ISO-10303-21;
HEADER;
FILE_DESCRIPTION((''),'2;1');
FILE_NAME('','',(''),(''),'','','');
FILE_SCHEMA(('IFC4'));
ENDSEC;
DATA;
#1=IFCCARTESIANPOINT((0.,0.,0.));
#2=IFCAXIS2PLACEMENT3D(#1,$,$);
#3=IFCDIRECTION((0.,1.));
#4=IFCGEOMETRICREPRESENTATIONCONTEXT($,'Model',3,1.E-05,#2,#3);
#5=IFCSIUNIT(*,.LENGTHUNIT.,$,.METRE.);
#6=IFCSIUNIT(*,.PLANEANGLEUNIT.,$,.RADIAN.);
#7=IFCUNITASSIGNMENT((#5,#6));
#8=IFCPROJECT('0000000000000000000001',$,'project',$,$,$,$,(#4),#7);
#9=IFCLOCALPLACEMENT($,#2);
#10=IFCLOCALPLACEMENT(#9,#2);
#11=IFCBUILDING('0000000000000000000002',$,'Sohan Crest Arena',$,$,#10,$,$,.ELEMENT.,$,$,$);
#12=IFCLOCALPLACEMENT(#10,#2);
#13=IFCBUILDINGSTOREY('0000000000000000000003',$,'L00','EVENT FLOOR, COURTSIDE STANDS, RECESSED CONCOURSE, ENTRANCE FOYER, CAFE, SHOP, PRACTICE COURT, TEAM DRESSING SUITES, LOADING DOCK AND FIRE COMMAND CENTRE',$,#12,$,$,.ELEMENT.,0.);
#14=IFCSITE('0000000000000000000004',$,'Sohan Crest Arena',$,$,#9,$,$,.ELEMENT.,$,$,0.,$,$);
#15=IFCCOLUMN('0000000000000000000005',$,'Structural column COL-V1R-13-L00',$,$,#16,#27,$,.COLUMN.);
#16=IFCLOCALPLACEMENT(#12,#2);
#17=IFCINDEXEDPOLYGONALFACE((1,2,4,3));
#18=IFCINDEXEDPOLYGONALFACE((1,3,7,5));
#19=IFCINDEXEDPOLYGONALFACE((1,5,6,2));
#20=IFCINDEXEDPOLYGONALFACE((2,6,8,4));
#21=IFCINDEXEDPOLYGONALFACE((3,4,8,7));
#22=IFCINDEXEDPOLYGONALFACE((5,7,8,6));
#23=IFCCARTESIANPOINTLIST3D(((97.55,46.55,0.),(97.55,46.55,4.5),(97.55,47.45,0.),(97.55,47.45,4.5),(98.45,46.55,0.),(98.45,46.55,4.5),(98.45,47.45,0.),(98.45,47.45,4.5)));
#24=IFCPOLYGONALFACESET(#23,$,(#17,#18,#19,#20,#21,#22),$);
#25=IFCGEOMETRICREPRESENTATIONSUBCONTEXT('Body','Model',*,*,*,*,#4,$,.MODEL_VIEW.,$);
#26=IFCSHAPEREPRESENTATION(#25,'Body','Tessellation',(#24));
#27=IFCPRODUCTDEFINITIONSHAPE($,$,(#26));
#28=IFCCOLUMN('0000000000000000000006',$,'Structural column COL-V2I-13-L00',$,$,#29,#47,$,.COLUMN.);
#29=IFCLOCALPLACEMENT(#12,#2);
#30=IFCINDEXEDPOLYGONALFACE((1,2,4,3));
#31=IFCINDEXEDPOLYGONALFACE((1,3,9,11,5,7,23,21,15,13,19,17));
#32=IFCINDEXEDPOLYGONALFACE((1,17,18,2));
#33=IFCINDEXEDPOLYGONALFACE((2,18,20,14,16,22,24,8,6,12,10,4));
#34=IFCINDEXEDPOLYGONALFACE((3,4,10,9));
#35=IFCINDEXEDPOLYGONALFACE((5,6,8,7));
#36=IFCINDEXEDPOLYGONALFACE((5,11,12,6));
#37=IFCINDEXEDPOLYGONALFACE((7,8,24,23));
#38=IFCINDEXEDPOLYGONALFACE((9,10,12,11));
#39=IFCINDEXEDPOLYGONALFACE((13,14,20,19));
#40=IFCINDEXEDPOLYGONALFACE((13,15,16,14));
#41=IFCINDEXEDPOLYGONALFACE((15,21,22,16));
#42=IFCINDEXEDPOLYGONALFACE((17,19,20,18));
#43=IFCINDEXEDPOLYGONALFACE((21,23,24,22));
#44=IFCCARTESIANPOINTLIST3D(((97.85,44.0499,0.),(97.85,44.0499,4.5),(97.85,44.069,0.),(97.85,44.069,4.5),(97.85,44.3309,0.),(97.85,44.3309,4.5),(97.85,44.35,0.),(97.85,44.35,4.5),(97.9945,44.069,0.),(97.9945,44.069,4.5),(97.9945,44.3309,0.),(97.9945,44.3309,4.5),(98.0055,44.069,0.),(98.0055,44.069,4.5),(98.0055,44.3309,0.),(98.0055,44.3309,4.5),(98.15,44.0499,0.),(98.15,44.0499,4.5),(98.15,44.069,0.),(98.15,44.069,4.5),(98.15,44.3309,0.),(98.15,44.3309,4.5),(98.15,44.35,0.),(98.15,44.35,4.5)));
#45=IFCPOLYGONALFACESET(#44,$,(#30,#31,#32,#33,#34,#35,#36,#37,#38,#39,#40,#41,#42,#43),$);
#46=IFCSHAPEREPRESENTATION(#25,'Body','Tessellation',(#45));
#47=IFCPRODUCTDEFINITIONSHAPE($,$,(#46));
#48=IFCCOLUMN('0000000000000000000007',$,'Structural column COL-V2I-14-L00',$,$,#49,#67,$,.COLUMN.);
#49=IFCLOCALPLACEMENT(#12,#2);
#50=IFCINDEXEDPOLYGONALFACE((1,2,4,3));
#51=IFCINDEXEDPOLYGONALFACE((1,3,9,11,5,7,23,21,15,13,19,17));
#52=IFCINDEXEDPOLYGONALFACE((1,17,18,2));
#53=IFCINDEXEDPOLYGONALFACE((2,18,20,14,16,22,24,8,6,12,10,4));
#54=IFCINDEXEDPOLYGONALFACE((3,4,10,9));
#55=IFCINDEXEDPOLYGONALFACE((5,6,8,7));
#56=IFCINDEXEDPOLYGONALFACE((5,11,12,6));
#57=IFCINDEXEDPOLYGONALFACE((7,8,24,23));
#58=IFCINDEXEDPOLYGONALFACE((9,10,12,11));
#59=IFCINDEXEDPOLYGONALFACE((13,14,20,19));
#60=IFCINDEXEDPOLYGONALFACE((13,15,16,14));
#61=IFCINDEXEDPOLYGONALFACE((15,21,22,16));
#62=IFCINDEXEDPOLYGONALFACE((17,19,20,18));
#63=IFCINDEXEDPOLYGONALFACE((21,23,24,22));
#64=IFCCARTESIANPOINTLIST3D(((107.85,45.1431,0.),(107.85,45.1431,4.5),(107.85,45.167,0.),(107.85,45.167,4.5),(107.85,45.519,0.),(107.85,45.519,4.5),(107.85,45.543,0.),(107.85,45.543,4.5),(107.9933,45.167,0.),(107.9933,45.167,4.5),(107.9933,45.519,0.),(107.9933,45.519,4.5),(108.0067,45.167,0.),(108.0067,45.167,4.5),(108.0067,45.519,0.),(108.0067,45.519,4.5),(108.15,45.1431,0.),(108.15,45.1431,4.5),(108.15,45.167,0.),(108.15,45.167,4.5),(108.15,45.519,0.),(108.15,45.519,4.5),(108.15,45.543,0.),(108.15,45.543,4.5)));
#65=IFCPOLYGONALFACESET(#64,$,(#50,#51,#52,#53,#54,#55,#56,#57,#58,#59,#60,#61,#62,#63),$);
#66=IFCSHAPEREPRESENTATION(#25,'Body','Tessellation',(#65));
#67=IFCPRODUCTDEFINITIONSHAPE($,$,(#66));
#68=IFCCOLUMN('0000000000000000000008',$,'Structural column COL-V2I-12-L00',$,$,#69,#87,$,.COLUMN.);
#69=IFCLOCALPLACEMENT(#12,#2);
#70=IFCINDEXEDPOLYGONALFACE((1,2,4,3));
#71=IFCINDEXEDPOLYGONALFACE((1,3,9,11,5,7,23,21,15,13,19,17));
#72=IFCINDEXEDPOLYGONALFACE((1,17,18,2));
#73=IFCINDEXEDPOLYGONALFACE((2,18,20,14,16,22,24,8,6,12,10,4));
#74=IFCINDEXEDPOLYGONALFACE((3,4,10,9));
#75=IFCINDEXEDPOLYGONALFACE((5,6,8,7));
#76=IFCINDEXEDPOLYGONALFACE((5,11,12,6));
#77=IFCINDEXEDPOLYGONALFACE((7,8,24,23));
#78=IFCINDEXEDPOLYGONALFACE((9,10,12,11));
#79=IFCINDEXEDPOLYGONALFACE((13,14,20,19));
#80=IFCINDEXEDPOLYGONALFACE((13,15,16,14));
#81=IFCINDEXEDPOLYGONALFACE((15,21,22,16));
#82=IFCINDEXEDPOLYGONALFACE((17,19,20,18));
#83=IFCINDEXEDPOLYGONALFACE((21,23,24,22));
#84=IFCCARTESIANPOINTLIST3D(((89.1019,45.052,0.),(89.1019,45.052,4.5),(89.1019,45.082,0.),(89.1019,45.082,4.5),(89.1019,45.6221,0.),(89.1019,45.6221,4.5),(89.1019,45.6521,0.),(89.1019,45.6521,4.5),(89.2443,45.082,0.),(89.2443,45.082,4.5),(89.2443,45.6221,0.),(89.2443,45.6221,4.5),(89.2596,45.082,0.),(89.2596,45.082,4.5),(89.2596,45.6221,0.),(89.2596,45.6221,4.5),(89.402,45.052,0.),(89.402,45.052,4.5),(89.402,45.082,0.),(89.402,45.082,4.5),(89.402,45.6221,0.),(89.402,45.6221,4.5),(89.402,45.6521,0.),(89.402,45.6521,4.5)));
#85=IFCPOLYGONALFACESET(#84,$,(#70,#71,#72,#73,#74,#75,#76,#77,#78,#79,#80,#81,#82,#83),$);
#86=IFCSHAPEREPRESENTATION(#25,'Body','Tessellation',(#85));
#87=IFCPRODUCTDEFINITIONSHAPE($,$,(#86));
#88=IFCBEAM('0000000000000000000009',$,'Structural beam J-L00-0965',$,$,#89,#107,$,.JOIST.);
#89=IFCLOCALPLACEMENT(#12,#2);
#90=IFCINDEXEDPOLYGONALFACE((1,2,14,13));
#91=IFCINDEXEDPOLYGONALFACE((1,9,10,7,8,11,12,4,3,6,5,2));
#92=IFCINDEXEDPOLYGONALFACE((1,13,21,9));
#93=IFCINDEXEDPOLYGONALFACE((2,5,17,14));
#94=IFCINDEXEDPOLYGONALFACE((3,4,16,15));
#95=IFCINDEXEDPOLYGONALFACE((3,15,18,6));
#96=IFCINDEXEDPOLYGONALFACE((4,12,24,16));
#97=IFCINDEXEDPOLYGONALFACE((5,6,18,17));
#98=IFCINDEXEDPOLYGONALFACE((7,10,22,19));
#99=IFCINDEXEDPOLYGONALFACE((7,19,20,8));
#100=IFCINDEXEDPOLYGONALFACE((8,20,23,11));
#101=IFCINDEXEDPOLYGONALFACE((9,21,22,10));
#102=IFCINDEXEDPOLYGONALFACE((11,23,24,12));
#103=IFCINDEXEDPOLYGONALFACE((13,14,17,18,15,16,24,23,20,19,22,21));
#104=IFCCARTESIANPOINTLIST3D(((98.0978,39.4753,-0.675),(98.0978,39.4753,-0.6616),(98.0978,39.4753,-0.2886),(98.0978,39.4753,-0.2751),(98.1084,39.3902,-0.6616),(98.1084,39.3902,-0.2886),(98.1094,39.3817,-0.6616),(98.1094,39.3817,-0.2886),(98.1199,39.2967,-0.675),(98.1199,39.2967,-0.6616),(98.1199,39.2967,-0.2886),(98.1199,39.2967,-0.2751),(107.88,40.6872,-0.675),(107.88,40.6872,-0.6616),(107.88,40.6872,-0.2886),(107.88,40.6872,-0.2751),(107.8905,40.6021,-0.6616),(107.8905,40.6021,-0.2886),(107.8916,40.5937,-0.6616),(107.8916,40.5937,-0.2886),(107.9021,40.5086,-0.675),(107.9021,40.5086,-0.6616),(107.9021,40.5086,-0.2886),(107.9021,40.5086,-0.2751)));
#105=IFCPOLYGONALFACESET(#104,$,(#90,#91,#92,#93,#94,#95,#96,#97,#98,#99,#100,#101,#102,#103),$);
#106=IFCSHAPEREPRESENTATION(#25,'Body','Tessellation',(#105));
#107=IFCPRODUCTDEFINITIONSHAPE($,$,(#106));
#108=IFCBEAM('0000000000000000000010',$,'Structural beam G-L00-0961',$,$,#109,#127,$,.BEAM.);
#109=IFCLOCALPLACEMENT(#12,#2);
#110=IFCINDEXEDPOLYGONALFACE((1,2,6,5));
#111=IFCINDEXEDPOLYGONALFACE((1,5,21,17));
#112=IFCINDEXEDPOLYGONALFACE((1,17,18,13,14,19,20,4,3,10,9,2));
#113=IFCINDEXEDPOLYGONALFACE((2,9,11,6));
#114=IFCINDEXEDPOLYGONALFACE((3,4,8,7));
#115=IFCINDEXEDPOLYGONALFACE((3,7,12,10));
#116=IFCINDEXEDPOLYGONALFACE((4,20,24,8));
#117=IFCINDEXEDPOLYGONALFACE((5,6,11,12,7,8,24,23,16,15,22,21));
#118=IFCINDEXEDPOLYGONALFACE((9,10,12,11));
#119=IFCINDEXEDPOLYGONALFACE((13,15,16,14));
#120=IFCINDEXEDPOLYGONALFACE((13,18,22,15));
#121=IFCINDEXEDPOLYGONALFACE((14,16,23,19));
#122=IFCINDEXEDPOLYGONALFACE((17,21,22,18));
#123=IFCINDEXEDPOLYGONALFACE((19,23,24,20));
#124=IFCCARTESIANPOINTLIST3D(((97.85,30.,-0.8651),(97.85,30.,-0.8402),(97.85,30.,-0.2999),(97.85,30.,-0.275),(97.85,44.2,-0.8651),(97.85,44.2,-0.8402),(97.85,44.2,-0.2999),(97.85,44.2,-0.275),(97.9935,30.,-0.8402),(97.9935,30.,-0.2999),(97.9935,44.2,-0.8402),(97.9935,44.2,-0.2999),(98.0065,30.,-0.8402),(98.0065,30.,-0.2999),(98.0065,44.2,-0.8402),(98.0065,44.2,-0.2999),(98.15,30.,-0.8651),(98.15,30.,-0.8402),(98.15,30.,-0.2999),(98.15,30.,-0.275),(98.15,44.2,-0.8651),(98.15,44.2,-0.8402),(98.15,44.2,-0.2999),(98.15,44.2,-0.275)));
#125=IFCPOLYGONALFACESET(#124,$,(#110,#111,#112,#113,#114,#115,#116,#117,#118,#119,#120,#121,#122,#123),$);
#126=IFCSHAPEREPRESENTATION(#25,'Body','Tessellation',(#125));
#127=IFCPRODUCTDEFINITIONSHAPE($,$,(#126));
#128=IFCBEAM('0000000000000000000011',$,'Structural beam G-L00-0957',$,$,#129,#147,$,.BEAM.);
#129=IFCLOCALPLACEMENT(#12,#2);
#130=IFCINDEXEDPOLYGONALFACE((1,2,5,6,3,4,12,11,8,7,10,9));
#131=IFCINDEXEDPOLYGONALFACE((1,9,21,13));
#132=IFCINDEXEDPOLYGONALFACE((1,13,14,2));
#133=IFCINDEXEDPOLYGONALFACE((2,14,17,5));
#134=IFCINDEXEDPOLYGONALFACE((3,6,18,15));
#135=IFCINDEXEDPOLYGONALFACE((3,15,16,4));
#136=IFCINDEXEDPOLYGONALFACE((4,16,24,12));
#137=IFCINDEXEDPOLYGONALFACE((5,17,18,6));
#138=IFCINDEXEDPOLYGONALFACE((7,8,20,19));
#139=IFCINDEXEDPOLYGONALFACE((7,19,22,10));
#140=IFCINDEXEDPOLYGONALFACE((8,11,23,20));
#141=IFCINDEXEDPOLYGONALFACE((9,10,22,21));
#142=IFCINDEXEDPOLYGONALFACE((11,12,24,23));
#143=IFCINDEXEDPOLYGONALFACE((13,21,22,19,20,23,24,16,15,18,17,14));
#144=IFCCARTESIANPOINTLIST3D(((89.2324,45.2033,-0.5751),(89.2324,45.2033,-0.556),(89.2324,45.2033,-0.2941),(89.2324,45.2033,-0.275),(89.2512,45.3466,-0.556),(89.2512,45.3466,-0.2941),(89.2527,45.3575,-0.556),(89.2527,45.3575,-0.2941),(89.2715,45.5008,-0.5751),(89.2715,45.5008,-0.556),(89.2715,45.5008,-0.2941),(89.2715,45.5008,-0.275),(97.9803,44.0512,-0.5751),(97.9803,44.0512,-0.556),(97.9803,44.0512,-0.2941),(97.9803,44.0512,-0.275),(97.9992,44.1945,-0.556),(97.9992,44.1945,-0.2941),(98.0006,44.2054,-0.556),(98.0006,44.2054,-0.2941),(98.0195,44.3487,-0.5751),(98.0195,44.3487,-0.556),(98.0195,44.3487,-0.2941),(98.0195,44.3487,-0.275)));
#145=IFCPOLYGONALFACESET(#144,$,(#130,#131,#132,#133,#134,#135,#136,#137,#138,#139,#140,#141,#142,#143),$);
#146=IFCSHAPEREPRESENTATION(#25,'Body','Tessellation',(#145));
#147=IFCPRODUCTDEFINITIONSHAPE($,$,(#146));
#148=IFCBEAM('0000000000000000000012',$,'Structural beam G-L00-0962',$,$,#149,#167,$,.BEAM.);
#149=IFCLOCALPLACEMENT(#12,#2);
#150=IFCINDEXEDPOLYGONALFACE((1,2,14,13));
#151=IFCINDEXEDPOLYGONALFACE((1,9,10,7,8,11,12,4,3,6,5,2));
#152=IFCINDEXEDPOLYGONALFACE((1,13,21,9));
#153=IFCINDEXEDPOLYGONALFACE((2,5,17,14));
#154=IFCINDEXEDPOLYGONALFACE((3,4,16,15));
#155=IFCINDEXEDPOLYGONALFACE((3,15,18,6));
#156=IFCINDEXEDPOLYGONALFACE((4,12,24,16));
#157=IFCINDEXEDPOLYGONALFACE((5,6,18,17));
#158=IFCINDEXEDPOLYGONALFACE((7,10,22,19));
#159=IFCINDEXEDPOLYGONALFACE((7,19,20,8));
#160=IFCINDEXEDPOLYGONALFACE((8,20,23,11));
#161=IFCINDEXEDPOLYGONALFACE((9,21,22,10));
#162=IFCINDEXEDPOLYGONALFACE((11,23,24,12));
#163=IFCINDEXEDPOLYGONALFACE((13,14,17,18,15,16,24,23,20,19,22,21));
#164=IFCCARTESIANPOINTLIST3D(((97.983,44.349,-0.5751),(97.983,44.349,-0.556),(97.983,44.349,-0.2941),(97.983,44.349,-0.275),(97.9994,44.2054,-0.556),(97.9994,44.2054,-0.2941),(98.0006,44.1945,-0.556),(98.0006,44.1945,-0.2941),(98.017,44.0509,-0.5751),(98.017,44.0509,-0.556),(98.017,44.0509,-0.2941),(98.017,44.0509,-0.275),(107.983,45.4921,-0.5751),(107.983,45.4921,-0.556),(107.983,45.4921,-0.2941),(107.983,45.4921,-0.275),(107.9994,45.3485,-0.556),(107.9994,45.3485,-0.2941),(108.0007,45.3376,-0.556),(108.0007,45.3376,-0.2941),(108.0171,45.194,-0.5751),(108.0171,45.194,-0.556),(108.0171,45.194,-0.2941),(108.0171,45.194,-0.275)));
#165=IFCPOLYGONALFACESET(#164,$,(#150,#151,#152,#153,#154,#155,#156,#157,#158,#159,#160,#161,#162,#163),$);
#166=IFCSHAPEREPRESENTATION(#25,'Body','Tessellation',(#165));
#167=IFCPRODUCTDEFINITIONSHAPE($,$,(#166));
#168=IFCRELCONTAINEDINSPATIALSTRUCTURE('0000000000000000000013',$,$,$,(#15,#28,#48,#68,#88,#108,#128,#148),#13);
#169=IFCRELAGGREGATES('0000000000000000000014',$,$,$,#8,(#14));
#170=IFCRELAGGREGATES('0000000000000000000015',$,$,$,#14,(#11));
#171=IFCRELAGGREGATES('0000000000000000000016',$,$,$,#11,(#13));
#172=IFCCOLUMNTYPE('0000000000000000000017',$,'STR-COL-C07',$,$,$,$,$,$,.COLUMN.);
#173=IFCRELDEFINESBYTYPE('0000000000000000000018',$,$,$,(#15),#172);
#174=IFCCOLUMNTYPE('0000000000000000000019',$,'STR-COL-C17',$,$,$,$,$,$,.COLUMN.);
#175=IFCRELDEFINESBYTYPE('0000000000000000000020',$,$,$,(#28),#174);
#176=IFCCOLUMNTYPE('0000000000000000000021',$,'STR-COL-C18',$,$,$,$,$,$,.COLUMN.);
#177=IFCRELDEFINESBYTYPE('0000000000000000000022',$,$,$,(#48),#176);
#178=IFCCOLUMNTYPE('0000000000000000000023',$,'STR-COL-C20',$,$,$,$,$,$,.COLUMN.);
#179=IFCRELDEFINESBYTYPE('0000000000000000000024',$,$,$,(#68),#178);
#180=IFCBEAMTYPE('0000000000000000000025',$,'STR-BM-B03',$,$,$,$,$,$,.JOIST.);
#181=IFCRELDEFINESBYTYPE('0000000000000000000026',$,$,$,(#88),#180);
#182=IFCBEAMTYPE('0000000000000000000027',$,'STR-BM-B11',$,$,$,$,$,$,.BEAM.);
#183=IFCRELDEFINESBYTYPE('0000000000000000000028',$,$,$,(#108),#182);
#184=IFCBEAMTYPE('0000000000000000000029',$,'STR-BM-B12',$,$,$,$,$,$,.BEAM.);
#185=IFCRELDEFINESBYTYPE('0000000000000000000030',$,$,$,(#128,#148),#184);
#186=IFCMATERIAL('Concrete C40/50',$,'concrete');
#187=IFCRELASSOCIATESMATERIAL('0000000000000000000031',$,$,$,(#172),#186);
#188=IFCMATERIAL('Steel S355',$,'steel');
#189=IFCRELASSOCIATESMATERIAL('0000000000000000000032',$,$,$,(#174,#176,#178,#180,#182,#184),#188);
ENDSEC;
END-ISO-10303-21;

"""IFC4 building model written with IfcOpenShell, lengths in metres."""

from ifc_helpers import new_model, si_unit, direction, frame, origin, origin_2d, place, context, subcontext, project, spatial, rectangle, i_section, extrude, material, material_profile, profile_set, type_object, element, save


model = new_model("IFC4")

# Units and contexts
model_context = context("Model", 3, precision=1e-05, world=origin(), true_north=direction((0.0, 1.0)))
body_context = subcontext(model_context, "Body", "Model", "MODEL_VIEW")
ifc_project = project(units=[si_unit("LENGTHUNIT", "METRE"), si_unit("PLANEANGLEUNIT", "RADIAN")], contexts=[model_context])

# Site, building, storey
site_placement = place(None, origin())
site = spatial("IfcSite", under=ifc_project, at=site_placement, Name="Sohan Crest Arena", CompositionType="ELEMENT", RefElevation=0.0)
building_placement = place(site_placement, origin())
building = spatial("IfcBuilding", under=site, at=building_placement, Name="Sohan Crest Arena", CompositionType="ELEMENT")
storey_placement = place(building_placement, origin())
storey = spatial("IfcBuildingStorey", under=building, at=storey_placement, Name="L00", Description="EVENT FLOOR, COURTSIDE STANDS, RECESSED CONCOURSE, ENTRANCE FOYER, CAFE, SHOP, PRACTICE COURT, TEAM DRESSING SUITES, LOADING DOCK AND FIRE COMMAND CENTRE", CompositionType="ELEMENT", Elevation=0.0)

# Columns
ifc_material_1 = material(Name="Concrete C40/50", Category="concrete")
ifc_material_profile_1 = material_profile(ifc_material_1, rectangle(XDim=0.8999, YDim=0.8999, at=origin_2d()), Name="RC 900x900")
ifc_profile_set_1 = profile_set([ifc_material_profile_1], Name="Concrete C40/50")
column_type_1 = type_object("IfcColumnType", Name="STR-COL-C07", PredefinedType="COLUMN", material=ifc_profile_set_1)
column_1_placement = place(storey_placement, frame((98.0, 47.0, 0.0), z_axis=(0.0, 0.0, 1.0), x_axis=(0.0, 1.0, 0.0)))
element("IfcColumn", 1, at=column_1_placement, inside=storey, type_object=column_type_1, Name="Structural column COL-V1R-13-L00", PredefinedType="COLUMN", context=body_context, shape_type="SweptSolid", body=[
    extrude(rectangle(XDim=0.8999, YDim=0.8999, at=origin_2d()), origin(), (0.0, 0.0, 1.0), 4.5),
])
ifc_material_2 = material(Name="Steel S355", Category="steel")
ifc_material_profile_2 = material_profile(ifc_material_2, i_section(OverallWidth=0.3, OverallDepth=0.3, WebThickness=0.011, FlangeThickness=0.019, at=origin_2d()), Name="HEB 300")
ifc_profile_set_2 = profile_set([ifc_material_profile_2], Name="Steel S355")
column_type_2 = type_object("IfcColumnType", Name="STR-COL-C17", PredefinedType="COLUMN", material=ifc_profile_set_2)
column_2_placement = place(storey_placement, frame((98.0, 44.2, 0.0), z_axis=(0.0, 0.0, 1.0), x_axis=(1.0, 0.0, 0.0)))
element("IfcColumn", 2, at=column_2_placement, inside=storey, type_object=column_type_2, Name="Structural column COL-V2I-13-L00", PredefinedType="COLUMN", context=body_context, shape_type="SweptSolid", body=[
    extrude(i_section(OverallWidth=0.3, OverallDepth=0.3, WebThickness=0.011, FlangeThickness=0.019, at=origin_2d()), origin(), (0.0, 0.0, 1.0), 4.5),
])
ifc_material_profile_3 = material_profile(ifc_material_2, i_section(OverallWidth=0.3, OverallDepth=0.3999, WebThickness=0.0134, FlangeThickness=0.0239, at=origin_2d()), Name="HEB 400")
ifc_profile_set_3 = profile_set([ifc_material_profile_3], Name="Steel S355")
column_type_3 = type_object("IfcColumnType", Name="STR-COL-C18", PredefinedType="COLUMN", material=ifc_profile_set_3)
column_3_placement = place(storey_placement, frame((108.0, 45.343, 0.0), z_axis=(0.0, 0.0, 1.0), x_axis=(1.0, 0.0, 0.0)))
element("IfcColumn", 3, at=column_3_placement, inside=storey, type_object=column_type_3, Name="Structural column COL-V2I-14-L00", PredefinedType="COLUMN", context=body_context, shape_type="SweptSolid", body=[
    extrude(i_section(OverallWidth=0.3, OverallDepth=0.3999, WebThickness=0.0134, FlangeThickness=0.0239, at=origin_2d()), origin(), (0.0, 0.0, 1.0), 4.5),
])
ifc_material_profile_4 = material_profile(ifc_material_2, i_section(OverallWidth=0.3, OverallDepth=0.6001, WebThickness=0.0154, FlangeThickness=0.03, at=origin_2d()), Name="HEB 600")
ifc_profile_set_4 = profile_set([ifc_material_profile_4], Name="Steel S355")
column_type_4 = type_object("IfcColumnType", Name="STR-COL-C20", PredefinedType="COLUMN", material=ifc_profile_set_4)
column_4_placement = place(storey_placement, frame((89.252, 45.3521, 0.0), z_axis=(0.0, 0.0, 1.0), x_axis=(1.0, 0.0, 0.0)))
element("IfcColumn", 4, at=column_4_placement, inside=storey, type_object=column_type_4, Name="Structural column COL-V2I-12-L00", PredefinedType="COLUMN", context=body_context, shape_type="SweptSolid", body=[
    extrude(i_section(OverallWidth=0.3, OverallDepth=0.6001, WebThickness=0.0154, FlangeThickness=0.03, at=origin_2d()), origin(), (0.0, 0.0, 1.0), 4.5),
])

# Beams
ifc_material_profile_5 = material_profile(ifc_material_2, i_section(OverallWidth=0.1799, OverallDepth=0.3999, WebThickness=0.0085, FlangeThickness=0.0134, at=origin_2d()), Name="IPE 400")
ifc_profile_set_5 = profile_set([ifc_material_profile_5], Name="Steel S355")
beam_type_1 = type_object("IfcBeamType", Name="STR-BM-B03", PredefinedType="JOIST", material=ifc_profile_set_5)
beam_1_placement = place(storey_placement, frame((98.1089, 39.386, -0.4751), z_axis=(0.992413, 0.122949, 0.0), x_axis=(-0.122949, 0.992413, 0.0)))
element("IfcBeam", 5, at=beam_1_placement, inside=storey, type_object=beam_type_1, Name="Structural beam J-L00-0965", PredefinedType="JOIST", context=body_context, shape_type="SweptSolid", body=[
    extrude(i_section(OverallWidth=0.1799, OverallDepth=0.3999, WebThickness=0.0085, FlangeThickness=0.0134, at=origin_2d()), origin(), (0.0, 0.0, 1.0), 9.8569),
])
ifc_material_profile_6 = material_profile(ifc_material_2, i_section(OverallWidth=0.3, OverallDepth=0.5901, WebThickness=0.0129, FlangeThickness=0.0249, at=origin_2d()), Name="HEA 600")
ifc_profile_set_6 = profile_set([ifc_material_profile_6], Name="Steel S355")
beam_type_2 = type_object("IfcBeamType", Name="STR-BM-B11", PredefinedType="BEAM", material=ifc_profile_set_6)
beam_2_placement = place(storey_placement, frame((98.0, 44.2, -0.5701), z_axis=(0.0, -1.0, 0.0), x_axis=(1.0, 0.0, 0.0)))
element("IfcBeam", 6, at=beam_2_placement, inside=storey, type_object=beam_type_2, Name="Structural beam G-L00-0961", PredefinedType="BEAM", context=body_context, shape_type="SweptSolid", body=[
    extrude(i_section(OverallWidth=0.3, OverallDepth=0.5901, WebThickness=0.0129, FlangeThickness=0.0249, at=origin_2d()), origin(), (0.0, 0.0, 1.0), 14.2),
])
ifc_material_profile_7 = material_profile(ifc_material_2, i_section(OverallWidth=0.3, OverallDepth=0.3, WebThickness=0.011, FlangeThickness=0.019, at=origin_2d()), Name="HEB 300")
ifc_profile_set_7 = profile_set([ifc_material_profile_7], Name="Steel S355")
beam_type_3 = type_object("IfcBeamType", Name="STR-BM-B12", PredefinedType="BEAM", material=ifc_profile_set_7)
beam_3_placement = place(storey_placement, frame((89.252, 45.3521, -0.425), z_axis=(0.991439, -0.13057, 0.0), x_axis=(0.13057, 0.991439, 0.0)))
element("IfcBeam", 7, at=beam_3_placement, inside=storey, type_object=beam_type_3, Name="Structural beam G-L00-0957", PredefinedType="BEAM", context=body_context, shape_type="SweptSolid", body=[
    extrude(i_section(OverallWidth=0.3, OverallDepth=0.3, WebThickness=0.011, FlangeThickness=0.019, at=origin_2d()), origin(), (0.0, 0.0, 1.0), 8.8235),
])
beam_4_placement = place(storey_placement, frame((98.0, 44.2, -0.425), z_axis=(0.99353, 0.113567, 0.0), x_axis=(-0.113567, 0.99353, 0.0)))
element("IfcBeam", 8, at=beam_4_placement, inside=storey, type_object=beam_type_3, Name="Structural beam G-L00-0962", PredefinedType="BEAM", context=body_context, shape_type="SweptSolid", body=[
    extrude(i_section(OverallWidth=0.3, OverallDepth=0.3, WebThickness=0.011, FlangeThickness=0.019, at=origin_2d()), origin(), (0.0, 0.0, 1.0), 10.0652),
])

save(model, "model.ifc")
